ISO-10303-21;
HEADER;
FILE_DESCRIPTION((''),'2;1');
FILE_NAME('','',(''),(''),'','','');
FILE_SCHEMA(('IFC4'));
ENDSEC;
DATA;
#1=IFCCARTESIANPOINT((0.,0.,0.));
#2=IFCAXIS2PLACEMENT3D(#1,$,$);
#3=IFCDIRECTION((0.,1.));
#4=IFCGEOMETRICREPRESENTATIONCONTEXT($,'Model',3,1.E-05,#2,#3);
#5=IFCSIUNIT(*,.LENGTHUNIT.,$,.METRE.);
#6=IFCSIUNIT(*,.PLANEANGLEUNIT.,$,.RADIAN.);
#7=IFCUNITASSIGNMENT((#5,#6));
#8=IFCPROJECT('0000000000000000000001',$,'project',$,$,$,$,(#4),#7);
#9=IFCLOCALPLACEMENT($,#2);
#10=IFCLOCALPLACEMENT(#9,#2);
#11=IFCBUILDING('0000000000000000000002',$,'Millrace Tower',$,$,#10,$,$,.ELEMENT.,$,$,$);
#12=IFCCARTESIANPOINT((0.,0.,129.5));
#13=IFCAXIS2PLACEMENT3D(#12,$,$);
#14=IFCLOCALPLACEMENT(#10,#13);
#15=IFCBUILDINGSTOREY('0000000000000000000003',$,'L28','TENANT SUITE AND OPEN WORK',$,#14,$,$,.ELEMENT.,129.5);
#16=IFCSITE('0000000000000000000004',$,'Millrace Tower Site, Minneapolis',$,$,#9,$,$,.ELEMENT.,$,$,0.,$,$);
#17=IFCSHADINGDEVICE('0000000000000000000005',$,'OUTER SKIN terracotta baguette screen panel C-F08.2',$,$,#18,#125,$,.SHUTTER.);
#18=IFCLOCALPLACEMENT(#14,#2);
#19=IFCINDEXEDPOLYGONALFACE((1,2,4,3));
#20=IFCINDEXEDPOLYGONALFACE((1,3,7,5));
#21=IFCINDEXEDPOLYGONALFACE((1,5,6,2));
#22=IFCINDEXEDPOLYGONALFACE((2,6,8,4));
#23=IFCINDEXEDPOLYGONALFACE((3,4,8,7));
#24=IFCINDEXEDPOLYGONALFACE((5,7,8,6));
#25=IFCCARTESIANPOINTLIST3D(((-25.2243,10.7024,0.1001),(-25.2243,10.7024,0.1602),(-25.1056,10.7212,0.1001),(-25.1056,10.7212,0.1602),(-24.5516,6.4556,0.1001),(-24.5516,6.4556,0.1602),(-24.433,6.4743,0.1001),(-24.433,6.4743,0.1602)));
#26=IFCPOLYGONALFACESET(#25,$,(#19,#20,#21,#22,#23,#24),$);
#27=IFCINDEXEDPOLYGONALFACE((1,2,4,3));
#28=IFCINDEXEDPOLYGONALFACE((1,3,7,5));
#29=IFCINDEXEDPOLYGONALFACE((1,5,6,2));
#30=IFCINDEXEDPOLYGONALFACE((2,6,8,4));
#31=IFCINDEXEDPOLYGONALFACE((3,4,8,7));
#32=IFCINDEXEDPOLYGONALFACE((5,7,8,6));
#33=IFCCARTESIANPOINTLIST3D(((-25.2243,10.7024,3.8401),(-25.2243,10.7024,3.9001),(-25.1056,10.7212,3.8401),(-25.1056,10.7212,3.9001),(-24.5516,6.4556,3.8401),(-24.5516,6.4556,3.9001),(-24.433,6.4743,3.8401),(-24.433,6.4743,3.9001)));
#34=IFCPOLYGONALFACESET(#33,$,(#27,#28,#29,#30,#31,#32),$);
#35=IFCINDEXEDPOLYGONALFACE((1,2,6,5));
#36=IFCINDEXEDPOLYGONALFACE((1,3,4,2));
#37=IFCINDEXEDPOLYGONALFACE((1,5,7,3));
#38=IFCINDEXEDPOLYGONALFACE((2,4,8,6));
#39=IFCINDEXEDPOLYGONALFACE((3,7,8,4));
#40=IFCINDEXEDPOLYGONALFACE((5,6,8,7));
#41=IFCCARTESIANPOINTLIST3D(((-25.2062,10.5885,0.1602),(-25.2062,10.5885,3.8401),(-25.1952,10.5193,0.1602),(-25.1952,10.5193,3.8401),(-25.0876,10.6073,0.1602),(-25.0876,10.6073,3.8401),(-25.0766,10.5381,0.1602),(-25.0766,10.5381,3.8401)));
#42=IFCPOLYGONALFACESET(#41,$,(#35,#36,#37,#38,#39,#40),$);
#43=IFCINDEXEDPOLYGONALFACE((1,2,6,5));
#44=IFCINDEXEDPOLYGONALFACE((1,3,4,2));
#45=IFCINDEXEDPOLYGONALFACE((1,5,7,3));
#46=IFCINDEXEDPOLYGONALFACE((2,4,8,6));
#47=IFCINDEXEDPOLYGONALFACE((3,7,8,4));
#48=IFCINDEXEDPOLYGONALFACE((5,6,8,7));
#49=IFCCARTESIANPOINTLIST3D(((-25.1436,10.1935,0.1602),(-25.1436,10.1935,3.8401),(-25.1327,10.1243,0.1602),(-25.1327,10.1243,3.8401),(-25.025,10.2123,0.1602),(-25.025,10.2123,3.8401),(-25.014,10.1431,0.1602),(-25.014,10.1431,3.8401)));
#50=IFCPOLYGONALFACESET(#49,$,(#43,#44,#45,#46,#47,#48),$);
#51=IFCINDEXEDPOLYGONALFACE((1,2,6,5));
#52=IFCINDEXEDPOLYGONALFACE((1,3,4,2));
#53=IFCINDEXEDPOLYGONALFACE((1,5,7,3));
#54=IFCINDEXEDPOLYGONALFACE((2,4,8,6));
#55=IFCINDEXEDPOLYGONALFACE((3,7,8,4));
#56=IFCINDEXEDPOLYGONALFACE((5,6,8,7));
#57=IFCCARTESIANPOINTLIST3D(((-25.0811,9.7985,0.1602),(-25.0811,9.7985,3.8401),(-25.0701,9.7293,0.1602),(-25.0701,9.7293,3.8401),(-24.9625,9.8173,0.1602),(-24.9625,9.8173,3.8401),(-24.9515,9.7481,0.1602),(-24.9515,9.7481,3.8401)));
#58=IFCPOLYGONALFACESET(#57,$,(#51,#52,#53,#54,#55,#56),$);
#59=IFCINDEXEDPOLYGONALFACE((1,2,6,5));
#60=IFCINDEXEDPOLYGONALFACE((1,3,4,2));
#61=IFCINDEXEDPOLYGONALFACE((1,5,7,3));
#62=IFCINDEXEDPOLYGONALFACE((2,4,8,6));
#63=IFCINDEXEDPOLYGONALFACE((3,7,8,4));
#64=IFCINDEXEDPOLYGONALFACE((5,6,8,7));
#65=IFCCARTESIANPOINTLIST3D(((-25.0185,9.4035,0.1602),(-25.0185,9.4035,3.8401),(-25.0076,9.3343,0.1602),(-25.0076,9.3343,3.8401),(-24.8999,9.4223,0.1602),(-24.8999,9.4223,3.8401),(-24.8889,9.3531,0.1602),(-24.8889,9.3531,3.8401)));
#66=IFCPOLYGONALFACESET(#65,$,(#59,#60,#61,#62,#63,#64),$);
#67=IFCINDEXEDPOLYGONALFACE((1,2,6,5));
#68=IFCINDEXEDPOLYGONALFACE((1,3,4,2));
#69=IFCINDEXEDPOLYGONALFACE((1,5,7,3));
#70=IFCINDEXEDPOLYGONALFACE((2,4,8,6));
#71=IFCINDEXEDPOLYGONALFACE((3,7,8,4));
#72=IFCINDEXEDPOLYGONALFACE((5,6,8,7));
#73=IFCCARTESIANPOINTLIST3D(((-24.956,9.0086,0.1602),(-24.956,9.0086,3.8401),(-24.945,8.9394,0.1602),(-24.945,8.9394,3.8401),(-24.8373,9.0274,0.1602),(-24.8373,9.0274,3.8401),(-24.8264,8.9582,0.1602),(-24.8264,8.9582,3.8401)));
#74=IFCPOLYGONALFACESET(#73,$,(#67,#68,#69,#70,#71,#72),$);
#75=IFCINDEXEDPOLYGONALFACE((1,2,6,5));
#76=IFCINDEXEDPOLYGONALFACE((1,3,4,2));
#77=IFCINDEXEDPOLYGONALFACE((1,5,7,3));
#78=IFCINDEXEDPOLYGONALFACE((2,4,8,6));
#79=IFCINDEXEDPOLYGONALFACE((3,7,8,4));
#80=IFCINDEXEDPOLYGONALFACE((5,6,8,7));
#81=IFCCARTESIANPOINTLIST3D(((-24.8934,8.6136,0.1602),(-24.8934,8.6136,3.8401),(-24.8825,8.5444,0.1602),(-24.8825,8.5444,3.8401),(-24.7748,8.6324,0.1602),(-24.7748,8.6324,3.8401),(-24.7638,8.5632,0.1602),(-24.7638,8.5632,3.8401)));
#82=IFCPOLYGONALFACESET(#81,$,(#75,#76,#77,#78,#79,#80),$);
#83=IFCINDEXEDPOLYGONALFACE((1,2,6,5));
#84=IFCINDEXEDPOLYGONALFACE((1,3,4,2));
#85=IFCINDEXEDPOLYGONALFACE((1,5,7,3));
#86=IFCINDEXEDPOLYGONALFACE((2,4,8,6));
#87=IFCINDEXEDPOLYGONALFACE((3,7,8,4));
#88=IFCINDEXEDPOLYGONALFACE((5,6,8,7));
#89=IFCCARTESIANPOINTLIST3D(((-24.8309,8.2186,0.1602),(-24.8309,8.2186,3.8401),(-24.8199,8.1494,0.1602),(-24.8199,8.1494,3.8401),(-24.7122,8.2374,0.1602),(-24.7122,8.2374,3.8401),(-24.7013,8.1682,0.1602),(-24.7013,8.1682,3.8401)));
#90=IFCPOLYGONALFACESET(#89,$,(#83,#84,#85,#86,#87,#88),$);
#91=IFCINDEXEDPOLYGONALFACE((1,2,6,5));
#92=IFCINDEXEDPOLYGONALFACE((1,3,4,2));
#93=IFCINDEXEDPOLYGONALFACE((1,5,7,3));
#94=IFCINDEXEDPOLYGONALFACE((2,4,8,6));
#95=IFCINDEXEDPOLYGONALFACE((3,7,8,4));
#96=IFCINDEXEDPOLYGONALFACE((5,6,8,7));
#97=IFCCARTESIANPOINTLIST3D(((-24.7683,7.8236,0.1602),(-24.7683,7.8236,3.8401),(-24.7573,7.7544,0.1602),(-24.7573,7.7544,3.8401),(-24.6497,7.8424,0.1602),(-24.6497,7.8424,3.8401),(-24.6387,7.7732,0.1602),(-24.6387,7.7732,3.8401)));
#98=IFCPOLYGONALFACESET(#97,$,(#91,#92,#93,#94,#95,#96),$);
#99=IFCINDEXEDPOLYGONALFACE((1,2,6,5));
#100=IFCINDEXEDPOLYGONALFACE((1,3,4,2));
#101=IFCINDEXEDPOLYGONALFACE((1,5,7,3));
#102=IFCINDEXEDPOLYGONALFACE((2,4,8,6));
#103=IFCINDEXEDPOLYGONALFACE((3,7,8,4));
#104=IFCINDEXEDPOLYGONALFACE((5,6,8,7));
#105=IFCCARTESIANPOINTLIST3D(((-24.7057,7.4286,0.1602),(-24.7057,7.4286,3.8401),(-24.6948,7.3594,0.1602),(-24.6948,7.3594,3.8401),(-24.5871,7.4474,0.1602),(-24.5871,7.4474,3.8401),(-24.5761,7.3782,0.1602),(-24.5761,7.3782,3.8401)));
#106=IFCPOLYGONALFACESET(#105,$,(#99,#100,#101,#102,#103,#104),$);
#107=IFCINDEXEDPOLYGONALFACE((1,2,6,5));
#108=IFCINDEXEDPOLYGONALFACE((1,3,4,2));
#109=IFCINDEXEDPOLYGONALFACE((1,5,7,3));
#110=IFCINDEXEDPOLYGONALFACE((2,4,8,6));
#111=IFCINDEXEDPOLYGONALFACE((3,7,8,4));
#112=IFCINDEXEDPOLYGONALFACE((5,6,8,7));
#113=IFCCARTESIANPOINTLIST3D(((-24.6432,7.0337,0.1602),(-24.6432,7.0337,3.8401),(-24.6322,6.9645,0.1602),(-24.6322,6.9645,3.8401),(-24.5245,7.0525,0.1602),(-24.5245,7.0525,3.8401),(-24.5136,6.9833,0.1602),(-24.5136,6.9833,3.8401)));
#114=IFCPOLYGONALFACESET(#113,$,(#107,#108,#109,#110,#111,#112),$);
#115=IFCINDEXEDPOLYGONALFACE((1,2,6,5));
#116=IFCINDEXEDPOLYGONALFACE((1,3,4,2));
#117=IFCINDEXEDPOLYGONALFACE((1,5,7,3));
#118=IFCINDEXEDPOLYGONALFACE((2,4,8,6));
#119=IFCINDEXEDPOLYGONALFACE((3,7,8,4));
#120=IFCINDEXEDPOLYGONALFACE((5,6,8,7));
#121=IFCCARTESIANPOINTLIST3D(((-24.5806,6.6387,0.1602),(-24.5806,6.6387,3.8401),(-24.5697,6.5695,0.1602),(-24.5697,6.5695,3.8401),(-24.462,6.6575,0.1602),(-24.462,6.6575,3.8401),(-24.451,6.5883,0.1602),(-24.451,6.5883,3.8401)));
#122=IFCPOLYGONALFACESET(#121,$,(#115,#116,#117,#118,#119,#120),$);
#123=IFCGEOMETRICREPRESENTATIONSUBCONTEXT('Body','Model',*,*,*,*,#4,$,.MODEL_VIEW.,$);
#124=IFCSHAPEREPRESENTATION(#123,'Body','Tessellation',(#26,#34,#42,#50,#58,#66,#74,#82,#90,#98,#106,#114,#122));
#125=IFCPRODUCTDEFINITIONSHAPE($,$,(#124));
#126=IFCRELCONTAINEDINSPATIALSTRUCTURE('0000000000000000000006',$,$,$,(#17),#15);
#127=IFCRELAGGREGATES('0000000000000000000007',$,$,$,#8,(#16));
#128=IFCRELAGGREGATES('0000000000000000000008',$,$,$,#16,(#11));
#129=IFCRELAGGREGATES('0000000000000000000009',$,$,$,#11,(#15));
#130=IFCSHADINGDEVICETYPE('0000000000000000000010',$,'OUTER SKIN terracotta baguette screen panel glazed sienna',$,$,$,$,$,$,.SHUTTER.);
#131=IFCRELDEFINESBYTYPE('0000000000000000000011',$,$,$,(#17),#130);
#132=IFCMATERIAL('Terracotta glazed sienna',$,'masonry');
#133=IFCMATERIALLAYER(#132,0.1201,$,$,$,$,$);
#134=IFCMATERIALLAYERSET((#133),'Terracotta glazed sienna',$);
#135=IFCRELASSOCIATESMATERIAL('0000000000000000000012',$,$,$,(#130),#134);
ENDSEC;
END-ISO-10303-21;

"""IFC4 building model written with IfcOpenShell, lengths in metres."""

from ifc_helpers import new_model, entity, si_unit, direction, frame, frame_2d, origin, origin_2d, place, context, subcontext, project, spatial, rectangle, extrude, source, transform, mapped, material, layer, layer_set, type_object, element, save


model = new_model("IFC4")

# Units and contexts
model_context = context("Model", 3, precision=1e-05, world=origin(), true_north=direction((0.0, 1.0)))
body_context = subcontext(model_context, "Body", "Model", "MODEL_VIEW")
ifc_project = project(units=[si_unit("LENGTHUNIT", "METRE"), si_unit("PLANEANGLEUNIT", "RADIAN")], contexts=[model_context])

# Site, building, storey
site_placement = place(None, origin())
site = spatial("IfcSite", under=ifc_project, at=site_placement, Name="Millrace Tower Site, Minneapolis", CompositionType="ELEMENT", RefElevation=0.0)
building_placement = place(site_placement, origin())
building = spatial("IfcBuilding", under=site, at=building_placement, Name="Millrace Tower", CompositionType="ELEMENT")
storey_placement = place(building_placement, frame((0.0, 0.0, 129.5)))
storey = spatial("IfcBuildingStorey", under=building, at=storey_placement, Name="L28", Description="TENANT SUITE AND OPEN WORK", CompositionType="ELEMENT", Elevation=129.5)

# Shading device
ifc_material_1 = material(Name="Terracotta glazed sienna", Category="masonry")
ifc_layer_1 = layer(ifc_material_1, 0.1201)
ifc_layer_set_1 = layer_set([ifc_layer_1], Name="Terracotta glazed sienna")
shading_device_type = type_object("IfcShadingDeviceType", Name="OUTER SKIN terracotta baguette screen panel glazed sienna", PredefinedType="SHUTTER", material=ifc_layer_set_1)
cartesian_point = entity("IfcCartesianPoint", [-2.1499, 0.0601])
shared_polyline = entity("IfcPolyline", [cartesian_point, entity("IfcCartesianPoint", [2.1499, 0.0601]), entity("IfcCartesianPoint", [2.1499, -0.0601]), entity("IfcCartesianPoint", [-2.1499, -0.0601]), cartesian_point])
shared_shape = source(origin(), body_context, "Body", "SweptSolid", [
    entity("IfcExtrudedAreaSolid", entity("IfcArbitraryClosedProfileDef", "AREA", None, shared_polyline), entity("IfcAxis2Placement3D", entity("IfcCartesianPoint", [0.0, 0.0, 0.0])), entity("IfcDirection", [0.0, 0.0, 1.0]), 0.0601),
    entity("IfcExtrudedAreaSolid", entity("IfcArbitraryClosedProfileDef", "AREA", None, shared_polyline), entity("IfcAxis2Placement3D", entity("IfcCartesianPoint", [0.0, 0.0, 3.74])), entity("IfcDirection", [0.0, 0.0, 1.0]), 0.0601),
    extrude(rectangle(XDim=0.0701, YDim=0.1201, at=frame_2d((-1.9995, 0.0))), frame((0.0, 0.0, 0.0601)), (0.0, 0.0, 1.0), 3.6799),
    extrude(rectangle(XDim=0.0701, YDim=0.1201, at=frame_2d((-1.5996, 0.0))), frame((0.0, 0.0, 0.0601)), (0.0, 0.0, 1.0), 3.6799),
    extrude(rectangle(XDim=0.0701, YDim=0.1201, at=frame_2d((-1.1997, 0.0))), frame((0.0, 0.0, 0.0601)), (0.0, 0.0, 1.0), 3.6799),
    extrude(rectangle(XDim=0.0701, YDim=0.1201, at=frame_2d((-0.7998, 0.0))), frame((0.0, 0.0, 0.0601)), (0.0, 0.0, 1.0), 3.6799),
    extrude(rectangle(XDim=0.0701, YDim=0.1201, at=frame_2d((-0.3999, 0.0))), frame((0.0, 0.0, 0.0601)), (0.0, 0.0, 1.0), 3.6799),
    extrude(rectangle(XDim=0.0701, YDim=0.1201, at=origin_2d()), frame((0.0, 0.0, 0.0601)), (0.0, 0.0, 1.0), 3.6799),
    extrude(rectangle(XDim=0.0701, YDim=0.1201, at=frame_2d((0.3999, 0.0))), frame((0.0, 0.0, 0.0601)), (0.0, 0.0, 1.0), 3.6799),
    extrude(rectangle(XDim=0.0701, YDim=0.1201, at=frame_2d((0.7998, 0.0))), frame((0.0, 0.0, 0.0601)), (0.0, 0.0, 1.0), 3.6799),
    extrude(rectangle(XDim=0.0701, YDim=0.1201, at=frame_2d((1.1997, 0.0))), frame((0.0, 0.0, 0.0601)), (0.0, 0.0, 1.0), 3.6799),
    extrude(rectangle(XDim=0.0701, YDim=0.1201, at=frame_2d((1.5996, 0.0))), frame((0.0, 0.0, 0.0601)), (0.0, 0.0, 1.0), 3.6799),
    extrude(rectangle(XDim=0.0701, YDim=0.1201, at=frame_2d((1.9995, 0.0))), frame((0.0, 0.0, 0.0601)), (0.0, 0.0, 1.0), 3.6799),
])
shading_device_placement = place(storey_placement, frame((-24.8286, 8.5884, 0.1001), z_axis=(0.0, 0.0, 1.0), x_axis=(0.156434, -0.987688, 0.0)))
element("IfcShadingDevice", 1, at=shading_device_placement, inside=storey, type_object=shading_device_type, Name="OUTER SKIN terracotta baguette screen panel C-F08.2", PredefinedType="SHUTTER", context=body_context, shape_type="MappedRepresentation", body=[
    mapped(shared_shape, transform((0.0, 0.0, 0.0), scale=1.0)),
])

save(model, "model.ifc")
